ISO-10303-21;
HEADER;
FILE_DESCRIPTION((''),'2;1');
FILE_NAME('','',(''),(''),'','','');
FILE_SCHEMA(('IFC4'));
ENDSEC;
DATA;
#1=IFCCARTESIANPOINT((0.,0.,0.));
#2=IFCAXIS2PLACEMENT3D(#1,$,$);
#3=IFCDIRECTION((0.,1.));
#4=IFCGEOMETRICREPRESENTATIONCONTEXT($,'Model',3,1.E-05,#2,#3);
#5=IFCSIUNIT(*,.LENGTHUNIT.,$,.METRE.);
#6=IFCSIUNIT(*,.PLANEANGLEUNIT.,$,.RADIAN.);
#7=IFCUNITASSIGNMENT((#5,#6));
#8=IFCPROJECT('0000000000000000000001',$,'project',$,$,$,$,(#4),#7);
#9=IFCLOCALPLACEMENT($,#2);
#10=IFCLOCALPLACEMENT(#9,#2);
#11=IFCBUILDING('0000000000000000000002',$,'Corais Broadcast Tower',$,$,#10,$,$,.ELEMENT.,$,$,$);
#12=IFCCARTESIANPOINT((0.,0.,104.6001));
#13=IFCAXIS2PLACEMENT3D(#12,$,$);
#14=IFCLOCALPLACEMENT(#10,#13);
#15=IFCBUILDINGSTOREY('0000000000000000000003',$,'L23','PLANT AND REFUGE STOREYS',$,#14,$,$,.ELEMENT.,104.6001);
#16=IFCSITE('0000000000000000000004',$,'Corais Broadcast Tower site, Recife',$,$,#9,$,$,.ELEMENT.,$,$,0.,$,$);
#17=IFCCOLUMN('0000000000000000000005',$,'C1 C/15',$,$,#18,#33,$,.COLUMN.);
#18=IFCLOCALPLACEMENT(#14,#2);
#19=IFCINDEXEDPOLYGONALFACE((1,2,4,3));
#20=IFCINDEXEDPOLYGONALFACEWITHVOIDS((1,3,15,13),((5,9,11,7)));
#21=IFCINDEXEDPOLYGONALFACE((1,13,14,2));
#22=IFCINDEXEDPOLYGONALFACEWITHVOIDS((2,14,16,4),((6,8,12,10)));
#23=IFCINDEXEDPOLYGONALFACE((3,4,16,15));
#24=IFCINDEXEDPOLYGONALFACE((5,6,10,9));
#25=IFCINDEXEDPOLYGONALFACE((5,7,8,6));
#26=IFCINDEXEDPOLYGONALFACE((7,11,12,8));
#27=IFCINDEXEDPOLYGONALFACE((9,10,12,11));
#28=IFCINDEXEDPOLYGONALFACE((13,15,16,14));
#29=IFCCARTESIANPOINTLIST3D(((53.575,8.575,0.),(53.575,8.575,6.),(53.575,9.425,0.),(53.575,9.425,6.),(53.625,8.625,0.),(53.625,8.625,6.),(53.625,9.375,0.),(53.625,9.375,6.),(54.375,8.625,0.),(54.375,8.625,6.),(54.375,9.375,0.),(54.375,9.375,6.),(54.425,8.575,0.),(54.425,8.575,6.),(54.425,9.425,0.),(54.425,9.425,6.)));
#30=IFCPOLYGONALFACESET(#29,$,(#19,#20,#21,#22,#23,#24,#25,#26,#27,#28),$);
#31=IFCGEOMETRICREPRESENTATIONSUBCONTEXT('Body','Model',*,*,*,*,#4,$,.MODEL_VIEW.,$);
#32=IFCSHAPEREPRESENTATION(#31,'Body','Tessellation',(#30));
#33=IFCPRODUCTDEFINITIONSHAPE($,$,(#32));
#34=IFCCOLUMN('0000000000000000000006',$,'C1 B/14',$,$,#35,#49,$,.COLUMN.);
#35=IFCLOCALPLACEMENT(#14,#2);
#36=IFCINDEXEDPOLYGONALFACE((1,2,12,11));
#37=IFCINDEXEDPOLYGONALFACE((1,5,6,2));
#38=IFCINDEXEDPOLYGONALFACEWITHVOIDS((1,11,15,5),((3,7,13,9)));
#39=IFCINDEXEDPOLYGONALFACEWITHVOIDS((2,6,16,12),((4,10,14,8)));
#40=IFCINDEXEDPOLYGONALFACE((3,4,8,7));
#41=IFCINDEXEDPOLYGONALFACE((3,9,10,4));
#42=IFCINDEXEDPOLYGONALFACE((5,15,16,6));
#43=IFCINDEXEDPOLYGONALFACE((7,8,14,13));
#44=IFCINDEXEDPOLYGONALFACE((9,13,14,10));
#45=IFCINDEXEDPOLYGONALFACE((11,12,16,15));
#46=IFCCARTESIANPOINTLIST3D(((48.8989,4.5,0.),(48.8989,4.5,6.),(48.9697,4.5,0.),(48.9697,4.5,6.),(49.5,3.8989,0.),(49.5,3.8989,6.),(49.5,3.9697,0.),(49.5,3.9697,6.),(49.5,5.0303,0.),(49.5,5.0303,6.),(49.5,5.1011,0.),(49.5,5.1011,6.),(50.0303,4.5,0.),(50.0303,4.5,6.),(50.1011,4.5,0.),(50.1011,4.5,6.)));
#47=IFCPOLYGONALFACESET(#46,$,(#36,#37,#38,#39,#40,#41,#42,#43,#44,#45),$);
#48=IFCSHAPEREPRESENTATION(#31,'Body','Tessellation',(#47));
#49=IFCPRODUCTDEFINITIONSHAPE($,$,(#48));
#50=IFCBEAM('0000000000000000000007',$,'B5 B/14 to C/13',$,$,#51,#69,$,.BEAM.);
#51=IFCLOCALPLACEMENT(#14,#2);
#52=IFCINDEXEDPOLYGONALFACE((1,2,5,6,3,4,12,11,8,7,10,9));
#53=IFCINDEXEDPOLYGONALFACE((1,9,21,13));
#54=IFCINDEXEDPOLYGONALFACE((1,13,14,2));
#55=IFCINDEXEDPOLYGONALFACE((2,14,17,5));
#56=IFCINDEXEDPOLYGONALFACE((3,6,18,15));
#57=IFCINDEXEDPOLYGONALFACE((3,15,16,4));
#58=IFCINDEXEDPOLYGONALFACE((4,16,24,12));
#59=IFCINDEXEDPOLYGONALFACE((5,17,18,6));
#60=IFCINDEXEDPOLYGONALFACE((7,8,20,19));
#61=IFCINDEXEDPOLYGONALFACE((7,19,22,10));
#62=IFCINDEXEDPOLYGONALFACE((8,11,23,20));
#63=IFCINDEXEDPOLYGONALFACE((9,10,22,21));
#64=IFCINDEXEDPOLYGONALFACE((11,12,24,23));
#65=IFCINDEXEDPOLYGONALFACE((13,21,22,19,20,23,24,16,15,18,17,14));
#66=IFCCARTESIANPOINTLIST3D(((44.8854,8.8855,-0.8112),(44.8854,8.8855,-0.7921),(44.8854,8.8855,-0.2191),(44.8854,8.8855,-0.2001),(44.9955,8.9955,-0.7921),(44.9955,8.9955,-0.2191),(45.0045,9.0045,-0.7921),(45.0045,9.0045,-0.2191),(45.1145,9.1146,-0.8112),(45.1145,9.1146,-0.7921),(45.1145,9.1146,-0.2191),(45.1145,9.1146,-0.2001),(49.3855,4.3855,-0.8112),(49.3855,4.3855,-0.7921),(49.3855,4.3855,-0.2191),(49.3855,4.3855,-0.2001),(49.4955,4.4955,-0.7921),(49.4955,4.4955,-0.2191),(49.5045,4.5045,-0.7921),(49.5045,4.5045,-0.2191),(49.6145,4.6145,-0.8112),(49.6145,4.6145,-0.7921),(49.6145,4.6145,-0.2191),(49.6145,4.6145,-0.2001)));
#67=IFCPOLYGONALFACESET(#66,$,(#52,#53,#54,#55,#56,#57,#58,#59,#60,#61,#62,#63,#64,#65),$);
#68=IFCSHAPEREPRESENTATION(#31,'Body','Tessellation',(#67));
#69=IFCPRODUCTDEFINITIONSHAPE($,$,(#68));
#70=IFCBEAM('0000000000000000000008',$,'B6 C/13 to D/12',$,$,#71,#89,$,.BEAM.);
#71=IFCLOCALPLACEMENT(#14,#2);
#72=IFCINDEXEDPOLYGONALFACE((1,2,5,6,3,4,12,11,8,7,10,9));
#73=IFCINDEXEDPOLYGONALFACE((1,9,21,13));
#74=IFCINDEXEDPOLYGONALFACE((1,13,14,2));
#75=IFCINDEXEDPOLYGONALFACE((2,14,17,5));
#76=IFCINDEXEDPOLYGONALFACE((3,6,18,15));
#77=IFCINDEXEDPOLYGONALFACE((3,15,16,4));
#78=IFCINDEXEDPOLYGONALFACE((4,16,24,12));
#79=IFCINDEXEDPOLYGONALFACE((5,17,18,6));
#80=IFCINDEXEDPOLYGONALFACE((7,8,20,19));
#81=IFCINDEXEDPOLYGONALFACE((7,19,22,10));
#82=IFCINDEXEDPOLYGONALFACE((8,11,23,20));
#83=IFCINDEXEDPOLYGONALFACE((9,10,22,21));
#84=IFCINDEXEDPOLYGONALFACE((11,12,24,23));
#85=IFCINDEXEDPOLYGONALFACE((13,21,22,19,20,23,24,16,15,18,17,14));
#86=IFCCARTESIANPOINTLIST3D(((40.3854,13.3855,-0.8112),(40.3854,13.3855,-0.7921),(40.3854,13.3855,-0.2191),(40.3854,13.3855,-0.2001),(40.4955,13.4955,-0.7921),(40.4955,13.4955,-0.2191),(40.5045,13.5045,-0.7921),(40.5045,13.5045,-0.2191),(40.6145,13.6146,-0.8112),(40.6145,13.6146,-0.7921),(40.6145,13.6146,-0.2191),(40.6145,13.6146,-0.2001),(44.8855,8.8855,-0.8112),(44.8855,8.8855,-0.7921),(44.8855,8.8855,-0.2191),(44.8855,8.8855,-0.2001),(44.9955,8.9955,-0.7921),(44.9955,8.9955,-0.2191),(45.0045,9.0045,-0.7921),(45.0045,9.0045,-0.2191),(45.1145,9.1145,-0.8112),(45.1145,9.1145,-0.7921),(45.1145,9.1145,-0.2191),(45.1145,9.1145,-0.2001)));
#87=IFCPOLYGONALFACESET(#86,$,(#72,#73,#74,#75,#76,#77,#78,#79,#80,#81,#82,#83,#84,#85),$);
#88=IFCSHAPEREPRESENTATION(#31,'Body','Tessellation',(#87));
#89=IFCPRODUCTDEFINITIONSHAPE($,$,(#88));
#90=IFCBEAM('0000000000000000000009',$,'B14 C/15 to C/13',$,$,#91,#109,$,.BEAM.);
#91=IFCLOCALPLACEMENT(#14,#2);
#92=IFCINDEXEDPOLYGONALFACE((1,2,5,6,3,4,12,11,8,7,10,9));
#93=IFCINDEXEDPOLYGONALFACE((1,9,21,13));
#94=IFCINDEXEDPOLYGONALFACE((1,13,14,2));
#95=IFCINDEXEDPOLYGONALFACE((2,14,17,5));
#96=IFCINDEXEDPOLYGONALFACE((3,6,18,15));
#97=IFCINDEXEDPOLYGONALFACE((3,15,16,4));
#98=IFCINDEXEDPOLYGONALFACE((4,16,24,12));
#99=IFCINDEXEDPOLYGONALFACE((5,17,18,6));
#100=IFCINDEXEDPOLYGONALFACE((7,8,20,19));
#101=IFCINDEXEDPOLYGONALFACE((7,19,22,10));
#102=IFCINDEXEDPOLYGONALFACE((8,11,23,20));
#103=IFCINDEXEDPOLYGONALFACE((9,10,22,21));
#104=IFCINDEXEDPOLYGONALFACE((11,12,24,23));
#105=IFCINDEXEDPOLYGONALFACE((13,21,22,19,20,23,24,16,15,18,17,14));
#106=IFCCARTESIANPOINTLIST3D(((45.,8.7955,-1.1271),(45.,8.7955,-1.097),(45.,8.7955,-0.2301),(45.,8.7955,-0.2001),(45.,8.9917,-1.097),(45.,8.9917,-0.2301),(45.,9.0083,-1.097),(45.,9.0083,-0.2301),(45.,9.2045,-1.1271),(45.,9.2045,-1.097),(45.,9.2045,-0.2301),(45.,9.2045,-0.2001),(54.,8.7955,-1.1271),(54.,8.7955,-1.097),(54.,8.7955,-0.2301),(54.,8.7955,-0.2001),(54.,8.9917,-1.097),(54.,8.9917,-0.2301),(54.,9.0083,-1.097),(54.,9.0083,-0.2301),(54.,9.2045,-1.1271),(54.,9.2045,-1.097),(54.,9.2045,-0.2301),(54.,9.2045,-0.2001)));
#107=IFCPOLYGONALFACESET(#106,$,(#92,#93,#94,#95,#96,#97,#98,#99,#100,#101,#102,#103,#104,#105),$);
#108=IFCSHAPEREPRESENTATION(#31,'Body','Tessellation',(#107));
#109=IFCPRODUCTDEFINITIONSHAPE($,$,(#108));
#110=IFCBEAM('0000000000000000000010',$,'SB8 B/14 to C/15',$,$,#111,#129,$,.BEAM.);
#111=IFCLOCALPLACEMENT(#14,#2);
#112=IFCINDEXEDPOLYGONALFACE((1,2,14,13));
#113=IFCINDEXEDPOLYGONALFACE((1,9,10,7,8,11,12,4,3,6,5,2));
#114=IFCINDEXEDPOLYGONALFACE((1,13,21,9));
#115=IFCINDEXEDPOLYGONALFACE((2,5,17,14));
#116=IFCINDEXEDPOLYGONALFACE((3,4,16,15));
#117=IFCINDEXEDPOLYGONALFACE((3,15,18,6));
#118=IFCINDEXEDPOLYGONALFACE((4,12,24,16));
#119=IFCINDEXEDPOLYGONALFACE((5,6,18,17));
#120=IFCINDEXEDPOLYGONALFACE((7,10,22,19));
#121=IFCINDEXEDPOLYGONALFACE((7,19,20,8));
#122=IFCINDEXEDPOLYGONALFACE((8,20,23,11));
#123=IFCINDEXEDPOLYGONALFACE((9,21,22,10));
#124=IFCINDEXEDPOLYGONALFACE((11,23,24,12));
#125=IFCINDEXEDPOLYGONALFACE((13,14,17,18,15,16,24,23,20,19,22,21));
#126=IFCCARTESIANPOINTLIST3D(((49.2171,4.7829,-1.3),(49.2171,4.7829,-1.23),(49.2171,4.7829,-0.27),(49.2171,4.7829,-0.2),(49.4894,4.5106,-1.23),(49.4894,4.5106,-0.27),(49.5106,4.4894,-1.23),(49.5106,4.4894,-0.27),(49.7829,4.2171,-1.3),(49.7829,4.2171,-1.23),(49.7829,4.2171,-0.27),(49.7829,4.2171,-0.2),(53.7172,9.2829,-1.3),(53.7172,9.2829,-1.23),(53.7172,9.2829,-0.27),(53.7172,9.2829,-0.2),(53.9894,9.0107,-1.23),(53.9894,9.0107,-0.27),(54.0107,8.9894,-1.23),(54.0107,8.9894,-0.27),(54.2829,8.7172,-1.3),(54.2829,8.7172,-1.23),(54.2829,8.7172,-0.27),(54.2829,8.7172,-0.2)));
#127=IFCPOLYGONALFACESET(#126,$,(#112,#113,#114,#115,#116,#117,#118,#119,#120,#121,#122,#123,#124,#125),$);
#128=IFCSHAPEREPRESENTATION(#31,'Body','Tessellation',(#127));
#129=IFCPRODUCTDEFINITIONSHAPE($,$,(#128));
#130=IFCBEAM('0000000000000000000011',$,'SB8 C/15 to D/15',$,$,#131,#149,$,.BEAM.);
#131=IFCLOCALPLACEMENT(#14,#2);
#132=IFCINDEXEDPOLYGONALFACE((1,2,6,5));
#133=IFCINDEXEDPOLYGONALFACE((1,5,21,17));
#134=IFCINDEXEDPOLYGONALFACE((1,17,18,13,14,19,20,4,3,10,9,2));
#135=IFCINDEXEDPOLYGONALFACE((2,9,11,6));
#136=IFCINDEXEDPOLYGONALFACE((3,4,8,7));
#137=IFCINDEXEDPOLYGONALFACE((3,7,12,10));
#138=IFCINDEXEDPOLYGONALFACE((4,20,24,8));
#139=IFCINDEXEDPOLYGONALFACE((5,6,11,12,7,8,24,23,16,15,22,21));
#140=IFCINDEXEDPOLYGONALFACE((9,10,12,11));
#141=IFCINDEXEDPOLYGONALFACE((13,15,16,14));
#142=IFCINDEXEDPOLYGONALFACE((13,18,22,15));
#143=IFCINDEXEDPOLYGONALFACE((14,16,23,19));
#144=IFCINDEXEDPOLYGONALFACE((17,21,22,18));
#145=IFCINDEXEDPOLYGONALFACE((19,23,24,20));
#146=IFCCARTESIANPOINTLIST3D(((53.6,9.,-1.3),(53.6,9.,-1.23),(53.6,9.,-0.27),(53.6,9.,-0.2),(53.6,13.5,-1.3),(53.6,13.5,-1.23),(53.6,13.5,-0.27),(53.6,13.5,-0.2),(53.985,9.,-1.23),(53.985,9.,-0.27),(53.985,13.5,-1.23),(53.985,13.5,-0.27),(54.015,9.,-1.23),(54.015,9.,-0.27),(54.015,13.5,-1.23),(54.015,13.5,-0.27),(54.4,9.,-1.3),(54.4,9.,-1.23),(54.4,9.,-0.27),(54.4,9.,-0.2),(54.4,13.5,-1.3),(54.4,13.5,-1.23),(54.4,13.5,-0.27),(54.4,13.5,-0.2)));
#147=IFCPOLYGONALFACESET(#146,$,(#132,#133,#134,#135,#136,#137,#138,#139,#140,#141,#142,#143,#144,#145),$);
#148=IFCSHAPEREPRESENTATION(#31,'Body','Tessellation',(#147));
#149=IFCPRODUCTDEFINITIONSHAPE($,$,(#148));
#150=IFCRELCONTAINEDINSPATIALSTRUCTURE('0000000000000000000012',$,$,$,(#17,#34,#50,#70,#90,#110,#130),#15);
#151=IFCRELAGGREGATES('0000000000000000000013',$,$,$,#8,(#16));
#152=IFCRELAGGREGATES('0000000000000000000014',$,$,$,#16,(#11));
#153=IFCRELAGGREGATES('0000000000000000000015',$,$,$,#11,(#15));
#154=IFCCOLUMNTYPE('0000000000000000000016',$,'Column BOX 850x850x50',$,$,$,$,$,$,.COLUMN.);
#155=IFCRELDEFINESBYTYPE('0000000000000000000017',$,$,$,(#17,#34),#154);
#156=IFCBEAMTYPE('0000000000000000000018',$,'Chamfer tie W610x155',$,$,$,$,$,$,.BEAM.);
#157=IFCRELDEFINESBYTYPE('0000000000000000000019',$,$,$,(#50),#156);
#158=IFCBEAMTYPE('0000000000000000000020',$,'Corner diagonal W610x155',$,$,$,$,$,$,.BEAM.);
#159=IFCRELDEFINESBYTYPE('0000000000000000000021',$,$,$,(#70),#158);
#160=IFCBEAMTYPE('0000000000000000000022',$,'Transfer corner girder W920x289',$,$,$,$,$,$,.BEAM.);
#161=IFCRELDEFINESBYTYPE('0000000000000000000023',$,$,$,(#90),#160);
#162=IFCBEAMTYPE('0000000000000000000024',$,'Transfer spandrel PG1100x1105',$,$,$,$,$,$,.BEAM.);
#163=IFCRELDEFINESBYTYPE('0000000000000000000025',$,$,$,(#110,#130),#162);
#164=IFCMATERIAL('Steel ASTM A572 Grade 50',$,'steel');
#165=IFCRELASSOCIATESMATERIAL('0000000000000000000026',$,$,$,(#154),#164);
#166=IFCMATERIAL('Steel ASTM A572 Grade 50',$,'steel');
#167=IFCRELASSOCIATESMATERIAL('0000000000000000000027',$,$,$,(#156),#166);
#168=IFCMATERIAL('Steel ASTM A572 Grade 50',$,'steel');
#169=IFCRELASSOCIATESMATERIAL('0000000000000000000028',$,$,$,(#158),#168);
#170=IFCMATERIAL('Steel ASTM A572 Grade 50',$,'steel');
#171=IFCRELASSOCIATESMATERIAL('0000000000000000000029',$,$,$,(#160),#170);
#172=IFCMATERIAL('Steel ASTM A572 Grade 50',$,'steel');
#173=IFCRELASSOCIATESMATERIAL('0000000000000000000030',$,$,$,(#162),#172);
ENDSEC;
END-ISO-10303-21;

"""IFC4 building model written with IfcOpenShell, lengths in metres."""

from ifc_helpers import new_model, si_unit, direction, frame, origin, origin_2d, place, context, subcontext, project, spatial, hollow_rectangle, i_section, extrude, material, material_profile, profile_set, type_object, element, save


model = new_model("IFC4")

# Units and contexts
model_context = context("Model", 3, precision=1e-05, world=origin(), true_north=direction((0.0, 1.0)))
body_context = subcontext(model_context, "Body", "Model", "MODEL_VIEW")
ifc_project = project(units=[si_unit("LENGTHUNIT", "METRE"), si_unit("PLANEANGLEUNIT", "RADIAN")], contexts=[model_context])

# Site, building, storey
site_placement = place(None, origin())
site = spatial("IfcSite", under=ifc_project, at=site_placement, Name="Corais Broadcast Tower site, Recife", CompositionType="ELEMENT", RefElevation=0.0)
building_placement = place(site_placement, origin())
building = spatial("IfcBuilding", under=site, at=building_placement, Name="Corais Broadcast Tower", CompositionType="ELEMENT")
storey_placement = place(building_placement, frame((0.0, 0.0, 104.6001)))
storey = spatial("IfcBuildingStorey", under=building, at=storey_placement, Name="L23", Description="PLANT AND REFUGE STOREYS", CompositionType="ELEMENT", Elevation=104.6001)

# Columns
ifc_material_1 = material(Name="Steel ASTM A572 Grade 50", Category="steel")
ifc_material_profile_1 = material_profile(ifc_material_1, hollow_rectangle(XDim=0.8501, YDim=0.8501, WallThickness=0.05, at=origin_2d()), Name="BOX 850x850x50")
ifc_profile_set_1 = profile_set([ifc_material_profile_1], Name="Steel ASTM A572 Grade 50")
column_type = type_object("IfcColumnType", Name="Column BOX 850x850x50", PredefinedType="COLUMN", material=ifc_profile_set_1)
for number, where, z_axis, x_axis, name in (
    (1, (54.0, 9.0, 0.0), (0.0, 0.0, 1.0), (1.0, 0.0, 0.0), "C1 C/15"),
    (2, (49.5, 4.5, 0.0), (0.0, 0.0, 1.0), (0.707107, 0.707107, 0.0), "C1 B/14"),
):
    element("IfcColumn", number, at=place(storey_placement, frame(where, z_axis=z_axis, x_axis=x_axis)), inside=storey, type_object=column_type, Name=name, PredefinedType="COLUMN", context=body_context, shape_type="SweptSolid", body=[
        extrude(hollow_rectangle(XDim=0.8501, YDim=0.8501, WallThickness=0.05, at=origin_2d()), origin(), (0.0, 0.0, 1.0), 6.0),
    ])

# Beams
ifc_material_2 = material(Name="Steel ASTM A572 Grade 50", Category="steel")
ifc_material_profile_2 = material_profile(ifc_material_2, i_section(OverallWidth=0.324, OverallDepth=0.6111, WebThickness=0.0127, FlangeThickness=0.019, at=origin_2d()), Name="W610x155")
ifc_profile_set_2 = profile_set([ifc_material_profile_2], Name="Steel ASTM A572 Grade 50")
beam_type_1 = type_object("IfcBeamType", Name="Chamfer tie W610x155", PredefinedType="BEAM", material=ifc_profile_set_2)
beam_1_placement = place(storey_placement, frame((49.5, 4.5, -0.5056), z_axis=(-0.707107, 0.707107, 0.0), x_axis=(-0.707107, -0.707107, 0.0)))
element("IfcBeam", 3, at=beam_1_placement, inside=storey, type_object=beam_type_1, Name="B5 B/14 to C/13", PredefinedType="BEAM", context=body_context, shape_type="SweptSolid", body=[
    extrude(i_section(OverallWidth=0.324, OverallDepth=0.6111, WebThickness=0.0127, FlangeThickness=0.019, at=origin_2d()), origin(), (0.0, 0.0, 1.0), 6.364),
])
ifc_material_3 = material(Name="Steel ASTM A572 Grade 50", Category="steel")
ifc_material_profile_3 = material_profile(ifc_material_3, i_section(OverallWidth=0.324, OverallDepth=0.6111, WebThickness=0.0127, FlangeThickness=0.019, at=origin_2d()), Name="W610x155")
ifc_profile_set_3 = profile_set([ifc_material_profile_3], Name="Steel ASTM A572 Grade 50")
beam_type_2 = type_object("IfcBeamType", Name="Corner diagonal W610x155", PredefinedType="BEAM", material=ifc_profile_set_3)
beam_2_placement = place(storey_placement, frame((45.0, 9.0, -0.5056), z_axis=(-0.707107, 0.707107, 0.0), x_axis=(-0.707107, -0.707107, 0.0)))
element("IfcBeam", 4, at=beam_2_placement, inside=storey, type_object=beam_type_2, Name="B6 C/13 to D/12", PredefinedType="BEAM", context=body_context, shape_type="SweptSolid", body=[
    extrude(i_section(OverallWidth=0.324, OverallDepth=0.6111, WebThickness=0.0127, FlangeThickness=0.019, at=origin_2d()), origin(), (0.0, 0.0, 1.0), 6.364),
])
ifc_material_4 = material(Name="Steel ASTM A572 Grade 50", Category="steel")
ifc_material_profile_4 = material_profile(ifc_material_4, i_section(OverallWidth=0.4089, OverallDepth=0.927, WebThickness=0.0166, FlangeThickness=0.03, at=origin_2d()), Name="W920x289")
ifc_profile_set_4 = profile_set([ifc_material_profile_4], Name="Steel ASTM A572 Grade 50")
beam_type_3 = type_object("IfcBeamType", Name="Transfer corner girder W920x289", PredefinedType="BEAM", material=ifc_profile_set_4)
beam_3_placement = place(storey_placement, frame((54.0, 9.0, -0.6636), z_axis=(-1.0, 0.0, 0.0), x_axis=(0.0, -1.0, 0.0)))
element("IfcBeam", 5, at=beam_3_placement, inside=storey, type_object=beam_type_3, Name="B14 C/15 to C/13", PredefinedType="BEAM", context=body_context, shape_type="SweptSolid", body=[
    extrude(i_section(OverallWidth=0.4089, OverallDepth=0.927, WebThickness=0.0166, FlangeThickness=0.03, at=origin_2d()), origin(), (0.0, 0.0, 1.0), 9.0),
])
ifc_material_5 = material(Name="Steel ASTM A572 Grade 50", Category="steel")
ifc_material_profile_5 = material_profile(ifc_material_5, i_section(OverallWidth=0.8, OverallDepth=1.1001, WebThickness=0.03, FlangeThickness=0.0701, at=origin_2d()), Name="PG1100x1105")
ifc_profile_set_5 = profile_set([ifc_material_profile_5], Name="Steel ASTM A572 Grade 50")
beam_type_4 = type_object("IfcBeamType", Name="Transfer spandrel PG1100x1105", PredefinedType="BEAM", material=ifc_profile_set_5)
beam_4_placement = place(storey_placement, frame((49.5, 4.5, -0.75), z_axis=(0.707107, 0.707107, 0.0), x_axis=(-0.707107, 0.707107, 0.0)))
element("IfcBeam", 6, at=beam_4_placement, inside=storey, type_object=beam_type_4, Name="SB8 B/14 to C/15", PredefinedType="BEAM", context=body_context, shape_type="SweptSolid", body=[
    extrude(i_section(OverallWidth=0.8, OverallDepth=1.1001, WebThickness=0.03, FlangeThickness=0.0701, at=origin_2d()), origin(), (0.0, 0.0, 1.0), 6.364),
])
beam_5_placement = place(storey_placement, frame((54.0, 9.0, -0.75), z_axis=(0.0, 1.0, 0.0), x_axis=(-1.0, 0.0, 0.0)))
element("IfcBeam", 7, at=beam_5_placement, inside=storey, type_object=beam_type_4, Name="SB8 C/15 to D/15", PredefinedType="BEAM", context=body_context, shape_type="SweptSolid", body=[
    extrude(i_section(OverallWidth=0.8, OverallDepth=1.1001, WebThickness=0.03, FlangeThickness=0.0701, at=origin_2d()), origin(), (0.0, 0.0, 1.0), 4.5),
])

save(model, "model.ifc")
